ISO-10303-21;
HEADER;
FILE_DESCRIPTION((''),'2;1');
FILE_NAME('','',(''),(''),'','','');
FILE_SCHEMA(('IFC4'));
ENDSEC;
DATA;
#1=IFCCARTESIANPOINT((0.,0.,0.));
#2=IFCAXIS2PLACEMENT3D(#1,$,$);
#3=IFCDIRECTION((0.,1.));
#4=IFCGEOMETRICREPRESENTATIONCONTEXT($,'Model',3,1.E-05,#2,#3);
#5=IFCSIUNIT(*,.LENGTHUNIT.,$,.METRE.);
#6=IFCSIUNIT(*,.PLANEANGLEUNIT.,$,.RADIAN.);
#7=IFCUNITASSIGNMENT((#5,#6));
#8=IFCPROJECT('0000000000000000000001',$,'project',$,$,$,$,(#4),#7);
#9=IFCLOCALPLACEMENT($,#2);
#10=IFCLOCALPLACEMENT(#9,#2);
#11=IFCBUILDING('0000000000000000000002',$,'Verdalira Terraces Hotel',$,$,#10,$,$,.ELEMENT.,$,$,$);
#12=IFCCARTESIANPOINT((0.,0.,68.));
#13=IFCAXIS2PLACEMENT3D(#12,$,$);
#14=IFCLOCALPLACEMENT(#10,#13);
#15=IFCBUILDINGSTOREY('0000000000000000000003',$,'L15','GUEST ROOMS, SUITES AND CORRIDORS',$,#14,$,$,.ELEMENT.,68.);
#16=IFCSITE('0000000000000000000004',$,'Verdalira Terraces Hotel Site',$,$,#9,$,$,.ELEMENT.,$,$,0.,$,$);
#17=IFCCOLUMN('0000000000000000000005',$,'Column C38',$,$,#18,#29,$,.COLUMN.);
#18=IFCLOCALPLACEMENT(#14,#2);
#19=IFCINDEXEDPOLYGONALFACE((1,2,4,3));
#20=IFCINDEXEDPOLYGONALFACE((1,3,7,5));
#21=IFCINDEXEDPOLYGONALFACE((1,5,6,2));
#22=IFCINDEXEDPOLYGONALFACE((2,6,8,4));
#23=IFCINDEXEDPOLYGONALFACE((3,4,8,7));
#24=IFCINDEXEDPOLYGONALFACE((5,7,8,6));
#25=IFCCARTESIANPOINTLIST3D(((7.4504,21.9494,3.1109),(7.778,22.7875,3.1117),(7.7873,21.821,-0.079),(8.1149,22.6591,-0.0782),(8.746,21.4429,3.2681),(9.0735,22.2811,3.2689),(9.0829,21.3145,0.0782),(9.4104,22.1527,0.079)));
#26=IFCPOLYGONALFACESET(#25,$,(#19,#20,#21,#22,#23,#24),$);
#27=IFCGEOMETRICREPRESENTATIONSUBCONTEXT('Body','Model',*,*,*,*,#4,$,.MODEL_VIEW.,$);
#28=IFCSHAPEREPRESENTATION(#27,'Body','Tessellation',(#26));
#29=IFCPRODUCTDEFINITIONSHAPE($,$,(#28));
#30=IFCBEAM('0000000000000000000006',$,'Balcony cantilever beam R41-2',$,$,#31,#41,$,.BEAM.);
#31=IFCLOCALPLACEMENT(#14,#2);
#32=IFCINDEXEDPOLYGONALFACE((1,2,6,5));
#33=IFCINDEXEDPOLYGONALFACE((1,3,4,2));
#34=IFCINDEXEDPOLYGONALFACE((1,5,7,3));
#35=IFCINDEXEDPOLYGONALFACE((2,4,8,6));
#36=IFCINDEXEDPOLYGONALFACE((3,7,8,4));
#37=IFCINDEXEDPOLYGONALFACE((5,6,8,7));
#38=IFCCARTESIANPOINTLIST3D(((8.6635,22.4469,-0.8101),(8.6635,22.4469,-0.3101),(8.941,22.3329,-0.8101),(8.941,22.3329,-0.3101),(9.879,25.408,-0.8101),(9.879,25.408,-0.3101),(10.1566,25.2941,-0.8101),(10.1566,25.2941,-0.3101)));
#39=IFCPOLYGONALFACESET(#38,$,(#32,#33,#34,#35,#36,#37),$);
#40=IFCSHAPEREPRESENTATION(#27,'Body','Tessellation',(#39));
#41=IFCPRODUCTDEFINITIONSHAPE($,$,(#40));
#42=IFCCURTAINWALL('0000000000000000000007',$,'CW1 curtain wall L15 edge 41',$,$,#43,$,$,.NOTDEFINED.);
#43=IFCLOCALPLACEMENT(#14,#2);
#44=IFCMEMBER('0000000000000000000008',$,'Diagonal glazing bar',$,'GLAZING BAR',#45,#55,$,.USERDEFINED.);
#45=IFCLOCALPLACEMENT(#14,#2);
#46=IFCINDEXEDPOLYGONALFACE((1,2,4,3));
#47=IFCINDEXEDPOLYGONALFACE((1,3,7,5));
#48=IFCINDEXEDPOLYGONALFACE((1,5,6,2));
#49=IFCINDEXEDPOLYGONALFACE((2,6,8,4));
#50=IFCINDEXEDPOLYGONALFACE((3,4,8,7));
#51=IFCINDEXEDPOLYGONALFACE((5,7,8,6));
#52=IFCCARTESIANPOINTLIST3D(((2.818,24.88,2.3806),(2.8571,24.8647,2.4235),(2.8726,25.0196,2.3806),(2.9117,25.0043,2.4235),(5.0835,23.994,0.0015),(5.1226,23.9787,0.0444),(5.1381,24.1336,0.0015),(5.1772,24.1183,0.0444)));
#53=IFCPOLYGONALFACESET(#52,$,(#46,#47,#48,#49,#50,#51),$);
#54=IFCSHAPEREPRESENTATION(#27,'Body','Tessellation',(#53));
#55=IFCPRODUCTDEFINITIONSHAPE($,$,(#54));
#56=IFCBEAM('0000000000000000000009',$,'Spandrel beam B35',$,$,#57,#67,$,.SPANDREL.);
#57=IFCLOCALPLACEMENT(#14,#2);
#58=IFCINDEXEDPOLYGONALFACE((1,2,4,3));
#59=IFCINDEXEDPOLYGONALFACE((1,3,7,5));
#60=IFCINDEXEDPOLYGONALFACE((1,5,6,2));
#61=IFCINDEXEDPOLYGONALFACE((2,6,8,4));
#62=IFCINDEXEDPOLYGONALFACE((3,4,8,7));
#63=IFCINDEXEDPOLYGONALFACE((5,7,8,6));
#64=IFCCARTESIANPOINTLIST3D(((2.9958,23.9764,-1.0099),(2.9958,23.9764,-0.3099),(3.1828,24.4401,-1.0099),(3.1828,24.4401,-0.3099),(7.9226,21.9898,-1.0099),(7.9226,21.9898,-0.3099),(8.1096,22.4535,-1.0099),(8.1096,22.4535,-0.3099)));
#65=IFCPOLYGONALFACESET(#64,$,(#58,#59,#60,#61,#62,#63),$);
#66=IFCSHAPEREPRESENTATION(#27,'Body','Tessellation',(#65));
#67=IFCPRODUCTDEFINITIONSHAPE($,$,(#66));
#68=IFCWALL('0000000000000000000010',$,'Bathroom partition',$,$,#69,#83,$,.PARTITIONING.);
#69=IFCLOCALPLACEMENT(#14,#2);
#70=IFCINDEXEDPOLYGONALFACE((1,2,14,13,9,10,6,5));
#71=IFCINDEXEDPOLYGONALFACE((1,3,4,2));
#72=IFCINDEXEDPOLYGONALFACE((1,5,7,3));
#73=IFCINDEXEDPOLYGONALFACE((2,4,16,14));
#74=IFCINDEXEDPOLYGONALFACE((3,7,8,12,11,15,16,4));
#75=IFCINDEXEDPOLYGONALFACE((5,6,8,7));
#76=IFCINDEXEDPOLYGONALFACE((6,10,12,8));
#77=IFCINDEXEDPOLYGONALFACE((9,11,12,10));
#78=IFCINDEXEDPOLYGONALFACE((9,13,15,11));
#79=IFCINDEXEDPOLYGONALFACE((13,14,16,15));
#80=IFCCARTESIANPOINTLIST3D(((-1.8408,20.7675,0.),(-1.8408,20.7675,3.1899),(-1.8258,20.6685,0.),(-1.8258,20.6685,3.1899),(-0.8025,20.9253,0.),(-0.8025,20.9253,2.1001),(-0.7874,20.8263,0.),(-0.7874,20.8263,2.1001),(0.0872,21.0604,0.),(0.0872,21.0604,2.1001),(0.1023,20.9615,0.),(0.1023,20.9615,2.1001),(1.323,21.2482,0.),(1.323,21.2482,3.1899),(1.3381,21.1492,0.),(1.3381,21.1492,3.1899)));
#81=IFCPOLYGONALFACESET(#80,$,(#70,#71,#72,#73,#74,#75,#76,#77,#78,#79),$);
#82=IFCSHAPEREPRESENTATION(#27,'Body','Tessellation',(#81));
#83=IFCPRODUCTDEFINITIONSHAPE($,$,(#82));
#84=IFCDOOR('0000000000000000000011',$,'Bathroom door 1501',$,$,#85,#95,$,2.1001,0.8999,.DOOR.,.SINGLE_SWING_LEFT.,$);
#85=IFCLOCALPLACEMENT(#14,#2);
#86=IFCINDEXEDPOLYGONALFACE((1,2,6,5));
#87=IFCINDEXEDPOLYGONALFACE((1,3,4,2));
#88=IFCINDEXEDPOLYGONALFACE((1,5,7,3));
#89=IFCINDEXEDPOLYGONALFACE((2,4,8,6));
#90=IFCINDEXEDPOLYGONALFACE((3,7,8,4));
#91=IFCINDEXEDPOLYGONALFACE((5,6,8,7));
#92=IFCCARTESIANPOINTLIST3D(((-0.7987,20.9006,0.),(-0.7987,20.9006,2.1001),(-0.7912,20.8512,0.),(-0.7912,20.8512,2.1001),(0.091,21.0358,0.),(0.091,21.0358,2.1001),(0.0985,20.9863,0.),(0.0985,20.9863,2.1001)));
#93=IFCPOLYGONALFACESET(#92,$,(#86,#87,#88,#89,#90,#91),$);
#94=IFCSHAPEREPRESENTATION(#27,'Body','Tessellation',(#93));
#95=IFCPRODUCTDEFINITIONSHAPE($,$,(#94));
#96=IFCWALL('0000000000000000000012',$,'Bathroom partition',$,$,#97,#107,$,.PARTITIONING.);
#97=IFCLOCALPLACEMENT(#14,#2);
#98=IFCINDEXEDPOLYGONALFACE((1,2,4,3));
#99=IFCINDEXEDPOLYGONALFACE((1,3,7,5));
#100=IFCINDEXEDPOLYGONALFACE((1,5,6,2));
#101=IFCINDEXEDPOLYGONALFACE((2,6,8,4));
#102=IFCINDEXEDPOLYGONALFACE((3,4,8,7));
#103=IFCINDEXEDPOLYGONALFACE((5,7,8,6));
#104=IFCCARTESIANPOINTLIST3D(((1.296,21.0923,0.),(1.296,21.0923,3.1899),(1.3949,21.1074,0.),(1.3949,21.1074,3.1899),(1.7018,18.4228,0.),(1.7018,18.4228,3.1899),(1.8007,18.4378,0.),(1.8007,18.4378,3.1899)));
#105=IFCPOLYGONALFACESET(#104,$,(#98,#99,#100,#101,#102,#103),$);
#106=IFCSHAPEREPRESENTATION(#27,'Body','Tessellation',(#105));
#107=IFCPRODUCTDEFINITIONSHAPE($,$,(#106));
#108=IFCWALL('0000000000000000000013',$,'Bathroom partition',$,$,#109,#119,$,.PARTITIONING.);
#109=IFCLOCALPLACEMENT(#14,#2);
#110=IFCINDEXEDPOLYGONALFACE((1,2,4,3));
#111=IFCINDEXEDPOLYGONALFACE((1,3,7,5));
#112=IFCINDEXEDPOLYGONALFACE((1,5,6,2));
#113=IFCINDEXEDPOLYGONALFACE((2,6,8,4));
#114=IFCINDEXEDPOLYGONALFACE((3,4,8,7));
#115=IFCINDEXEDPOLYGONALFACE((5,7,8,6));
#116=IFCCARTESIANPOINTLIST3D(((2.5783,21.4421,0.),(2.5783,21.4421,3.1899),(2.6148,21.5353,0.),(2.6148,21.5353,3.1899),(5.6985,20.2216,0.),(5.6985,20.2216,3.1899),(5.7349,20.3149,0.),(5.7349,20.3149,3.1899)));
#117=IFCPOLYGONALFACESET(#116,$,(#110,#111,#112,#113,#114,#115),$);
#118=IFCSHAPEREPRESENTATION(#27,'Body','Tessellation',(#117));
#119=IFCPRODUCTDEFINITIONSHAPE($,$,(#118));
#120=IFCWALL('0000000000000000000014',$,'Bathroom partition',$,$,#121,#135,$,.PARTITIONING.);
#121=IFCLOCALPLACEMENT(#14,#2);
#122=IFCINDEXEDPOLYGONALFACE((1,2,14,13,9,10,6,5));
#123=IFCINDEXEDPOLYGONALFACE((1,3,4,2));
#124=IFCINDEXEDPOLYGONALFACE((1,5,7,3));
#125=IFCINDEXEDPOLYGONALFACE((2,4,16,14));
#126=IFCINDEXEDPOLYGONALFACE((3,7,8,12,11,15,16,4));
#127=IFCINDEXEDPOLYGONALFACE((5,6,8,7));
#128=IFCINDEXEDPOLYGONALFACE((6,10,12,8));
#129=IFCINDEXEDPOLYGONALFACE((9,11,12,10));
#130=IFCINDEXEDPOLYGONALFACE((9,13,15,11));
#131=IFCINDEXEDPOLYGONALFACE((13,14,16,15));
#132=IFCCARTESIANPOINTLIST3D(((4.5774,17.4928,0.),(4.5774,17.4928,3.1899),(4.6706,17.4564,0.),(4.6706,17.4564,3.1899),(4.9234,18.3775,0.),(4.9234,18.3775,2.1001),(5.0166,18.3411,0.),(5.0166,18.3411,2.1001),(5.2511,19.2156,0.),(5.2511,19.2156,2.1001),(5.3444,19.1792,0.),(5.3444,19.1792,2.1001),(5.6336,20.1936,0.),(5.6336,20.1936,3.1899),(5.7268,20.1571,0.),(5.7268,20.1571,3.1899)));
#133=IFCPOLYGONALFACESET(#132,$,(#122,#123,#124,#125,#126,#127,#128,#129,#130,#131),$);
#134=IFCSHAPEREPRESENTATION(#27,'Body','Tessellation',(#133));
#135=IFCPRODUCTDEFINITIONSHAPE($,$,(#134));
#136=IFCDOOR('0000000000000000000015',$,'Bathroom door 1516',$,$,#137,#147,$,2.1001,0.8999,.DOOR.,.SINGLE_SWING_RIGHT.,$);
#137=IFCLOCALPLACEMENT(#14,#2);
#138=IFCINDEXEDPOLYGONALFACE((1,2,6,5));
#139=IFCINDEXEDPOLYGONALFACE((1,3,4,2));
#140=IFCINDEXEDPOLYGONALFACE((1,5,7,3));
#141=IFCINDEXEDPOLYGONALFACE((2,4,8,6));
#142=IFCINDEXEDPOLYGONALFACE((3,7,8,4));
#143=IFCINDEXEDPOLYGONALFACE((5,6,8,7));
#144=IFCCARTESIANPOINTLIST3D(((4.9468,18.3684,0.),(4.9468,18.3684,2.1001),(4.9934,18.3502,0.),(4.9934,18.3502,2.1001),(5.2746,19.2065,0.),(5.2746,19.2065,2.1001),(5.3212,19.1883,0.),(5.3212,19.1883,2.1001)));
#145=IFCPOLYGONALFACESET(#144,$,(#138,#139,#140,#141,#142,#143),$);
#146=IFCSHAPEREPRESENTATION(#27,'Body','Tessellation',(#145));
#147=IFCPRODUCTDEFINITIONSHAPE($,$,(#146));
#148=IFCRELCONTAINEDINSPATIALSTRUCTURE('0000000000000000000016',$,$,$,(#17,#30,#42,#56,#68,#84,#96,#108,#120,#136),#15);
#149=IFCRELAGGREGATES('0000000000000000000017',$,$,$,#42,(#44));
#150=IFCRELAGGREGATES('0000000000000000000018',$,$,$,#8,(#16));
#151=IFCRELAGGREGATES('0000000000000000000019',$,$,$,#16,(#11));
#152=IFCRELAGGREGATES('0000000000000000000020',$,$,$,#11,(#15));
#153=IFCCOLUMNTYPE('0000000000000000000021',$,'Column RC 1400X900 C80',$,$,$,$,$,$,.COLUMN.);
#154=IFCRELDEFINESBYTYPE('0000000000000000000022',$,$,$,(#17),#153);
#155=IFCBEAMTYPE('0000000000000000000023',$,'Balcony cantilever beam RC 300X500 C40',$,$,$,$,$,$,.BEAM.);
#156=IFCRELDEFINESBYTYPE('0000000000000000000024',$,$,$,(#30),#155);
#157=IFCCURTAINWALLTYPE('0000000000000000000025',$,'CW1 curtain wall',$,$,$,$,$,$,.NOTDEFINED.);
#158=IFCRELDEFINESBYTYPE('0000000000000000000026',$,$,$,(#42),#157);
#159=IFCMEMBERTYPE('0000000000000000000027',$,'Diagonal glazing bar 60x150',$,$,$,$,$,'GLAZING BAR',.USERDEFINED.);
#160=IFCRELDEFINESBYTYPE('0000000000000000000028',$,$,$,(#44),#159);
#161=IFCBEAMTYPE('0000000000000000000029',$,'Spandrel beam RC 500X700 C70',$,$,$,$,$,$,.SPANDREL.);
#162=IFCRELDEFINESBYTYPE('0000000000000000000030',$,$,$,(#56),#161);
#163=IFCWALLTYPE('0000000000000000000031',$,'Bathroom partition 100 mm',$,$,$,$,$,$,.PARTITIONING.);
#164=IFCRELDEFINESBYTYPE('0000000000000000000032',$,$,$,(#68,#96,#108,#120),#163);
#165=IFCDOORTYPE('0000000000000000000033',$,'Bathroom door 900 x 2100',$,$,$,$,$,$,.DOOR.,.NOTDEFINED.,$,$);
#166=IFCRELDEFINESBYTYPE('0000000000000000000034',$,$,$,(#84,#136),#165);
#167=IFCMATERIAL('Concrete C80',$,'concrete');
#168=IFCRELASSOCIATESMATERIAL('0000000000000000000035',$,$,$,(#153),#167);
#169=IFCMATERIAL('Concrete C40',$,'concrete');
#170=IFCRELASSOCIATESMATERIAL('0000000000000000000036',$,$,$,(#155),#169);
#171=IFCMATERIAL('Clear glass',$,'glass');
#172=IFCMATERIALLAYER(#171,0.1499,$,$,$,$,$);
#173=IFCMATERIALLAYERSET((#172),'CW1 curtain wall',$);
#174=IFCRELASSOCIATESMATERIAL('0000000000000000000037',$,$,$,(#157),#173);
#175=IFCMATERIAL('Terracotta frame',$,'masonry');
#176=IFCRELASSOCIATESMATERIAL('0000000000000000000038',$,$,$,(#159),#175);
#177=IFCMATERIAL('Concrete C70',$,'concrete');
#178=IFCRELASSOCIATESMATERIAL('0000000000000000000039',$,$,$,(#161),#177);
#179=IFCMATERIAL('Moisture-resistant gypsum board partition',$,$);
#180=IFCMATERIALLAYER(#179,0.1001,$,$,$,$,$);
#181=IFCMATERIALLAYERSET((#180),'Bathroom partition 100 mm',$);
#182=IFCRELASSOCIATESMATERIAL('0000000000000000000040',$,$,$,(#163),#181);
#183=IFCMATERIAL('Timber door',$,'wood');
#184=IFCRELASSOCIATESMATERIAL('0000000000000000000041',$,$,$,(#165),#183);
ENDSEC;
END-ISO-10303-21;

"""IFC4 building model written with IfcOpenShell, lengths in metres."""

from ifc_helpers import new_model, si_unit, direction, frame, frame_2d, origin, origin_2d, place, context, subcontext, project, spatial, rectangle, extrude, material, layer, layer_set, material_profile, profile_set, type_object, element, fill, aggregate, save


model = new_model("IFC4")

# Units and contexts
model_context = context("Model", 3, precision=1e-05, world=origin(), true_north=direction((0.0, 1.0)))
body_context = subcontext(model_context, "Body", "Model", "MODEL_VIEW")
ifc_project = project(units=[si_unit("LENGTHUNIT", "METRE"), si_unit("PLANEANGLEUNIT", "RADIAN")], contexts=[model_context])

# Site, building, storey
site_placement = place(None, origin())
site = spatial("IfcSite", under=ifc_project, at=site_placement, Name="Verdalira Terraces Hotel Site", CompositionType="ELEMENT", RefElevation=0.0)
building_placement = place(site_placement, origin())
building = spatial("IfcBuilding", under=site, at=building_placement, Name="Verdalira Terraces Hotel", CompositionType="ELEMENT")
storey_placement = place(building_placement, frame((0.0, 0.0, 68.0)))
storey = spatial("IfcBuildingStorey", under=building, at=storey_placement, Name="L15", Description="GUEST ROOMS, SUITES AND CORRIDORS", CompositionType="ELEMENT", Elevation=68.0)

# Column
ifc_material_1 = material(Name="Concrete C80", Category="concrete")
ifc_material_profile_1 = material_profile(ifc_material_1, rectangle(XDim=1.3999, YDim=0.8999, at=origin_2d()), Name="RC 1400X900")
ifc_profile_set_1 = profile_set([ifc_material_profile_1], Name="Concrete C80")
column_type = type_object("IfcColumnType", Name="Column RC 1400X900 C80", PredefinedType="COLUMN", material=ifc_profile_set_1)
column_placement = place(storey_placement, frame((8.5989, 21.9868, 0.0), z_axis=(-0.104949, 0.040002, 0.993673), x_axis=(-0.925475, 0.361777, -0.112311)))
element("IfcColumn", 1, at=column_placement, inside=storey, type_object=column_type, Name="Column C38", PredefinedType="COLUMN", context=body_context, shape_type="SweptSolid", body=[
    extrude(rectangle(XDim=1.3999, YDim=0.8999, at=origin_2d()), origin(), (0.0, 0.0, 1.0), 3.2102),
])

# Beam
ifc_material_2 = material(Name="Concrete C40", Category="concrete")
ifc_material_profile_2 = material_profile(ifc_material_2, rectangle(XDim=0.3, YDim=0.5, at=origin_2d()), Name="RC 300X500")
ifc_profile_set_2 = profile_set([ifc_material_profile_2], Name="Concrete C40")
beam_type_1 = type_object("IfcBeamType", Name="Balcony cantilever beam RC 300X500 C40", PredefinedType="BEAM", material=ifc_profile_set_2)
beam_1_placement = place(storey_placement, frame((8.8022, 22.3899, -0.5601), z_axis=(0.379752, 0.925088, 0.0), x_axis=(-0.925088, 0.379752, 0.0)))
element("IfcBeam", 2, at=beam_1_placement, inside=storey, type_object=beam_type_1, Name="Balcony cantilever beam R41-2", PredefinedType="BEAM", context=body_context, shape_type="SweptSolid", body=[
    extrude(rectangle(XDim=0.3, YDim=0.5, at=origin_2d()), origin(), (0.0, 0.0, 1.0), 3.2009),
])

# Curtain wall, member
ifc_material_3 = material(Name="Clear glass", Category="glass")
ifc_layer_1 = layer(ifc_material_3, 0.1499)
ifc_layer_set_1 = layer_set([ifc_layer_1], Name="CW1 curtain wall")
curtain_wall_type = type_object("IfcCurtainWallType", Name="CW1 curtain wall", PredefinedType="NOTDEFINED", material=ifc_layer_set_1)
curtain_wall_placement = place(storey_placement, origin())
curtain_wall = element("IfcCurtainWall", 3, at=curtain_wall_placement, inside=storey, type_object=curtain_wall_type, Name="CW1 curtain wall L15 edge 41", PredefinedType="NOTDEFINED")
ifc_material_4 = material(Name="Terracotta frame", Category="masonry")
ifc_material_profile_3 = material_profile(ifc_material_4, rectangle(XDim=0.1499, YDim=0.0601, at=origin_2d()), Name="GB 60x150")
ifc_profile_set_3 = profile_set([ifc_material_profile_3], Name="Terracotta frame")
member_type = type_object("IfcMemberType", Name="Diagonal glazing bar 60x150", ElementType="GLAZING BAR", PredefinedType="USERDEFINED", material=ifc_profile_set_3)
member_placement = place(storey_placement, frame((5.1304, 24.0562, 0.0229), z_axis=(-0.665831, 0.260377, 0.699194), x_axis=(-0.364199, -0.931321, 0.0)))
member = element("IfcMember", 4, at=member_placement, type_object=member_type, Name="Diagonal glazing bar", ObjectType="GLAZING BAR", PredefinedType="USERDEFINED", context=body_context, shape_type="SweptSolid", body=[
    extrude(rectangle(XDim=0.1499, YDim=0.0601, at=origin_2d()), origin(), (0.0, 0.0, 1.0), 3.4026),
])
aggregate(curtain_wall, [member])

# Beam
ifc_material_5 = material(Name="Concrete C70", Category="concrete")
ifc_material_profile_4 = material_profile(ifc_material_5, rectangle(XDim=0.5, YDim=0.7, at=origin_2d()), Name="RC 500X700")
ifc_profile_set_4 = profile_set([ifc_material_profile_4], Name="Concrete C70")
beam_type_2 = type_object("IfcBeamType", Name="Spandrel beam RC 500X700 C70", PredefinedType="SPANDREL", material=ifc_profile_set_4)
beam_2_placement = place(storey_placement, frame((8.0161, 22.2217, -0.6599), z_axis=(-0.927443, 0.373965, 0.0), x_axis=(-0.373965, -0.927443, 0.0)))
element("IfcBeam", 5, at=beam_2_placement, inside=storey, type_object=beam_type_2, Name="Spandrel beam B35", PredefinedType="SPANDREL", context=body_context, shape_type="SweptSolid", body=[
    extrude(rectangle(XDim=0.5, YDim=0.7, at=origin_2d()), origin(), (0.0, 0.0, 1.0), 5.3123),
])

# Wall, opening, door
ifc_material_6 = material(Name="Moisture-resistant gypsum board partition")
ifc_layer_2 = layer(ifc_material_6, 0.1001)
ifc_layer_set_2 = layer_set([ifc_layer_2], Name="Bathroom partition 100 mm")
wall_type_1 = type_object("IfcWallType", Name="Bathroom partition 100 mm", PredefinedType="PARTITIONING", material=ifc_layer_set_2)
wall_1_placement = place(storey_placement, frame((1.3306, 21.1987, 0.0), z_axis=(0.0, 0.0, 1.0), x_axis=(-0.988653, -0.150217, 0.0)))
wall_1 = element("IfcWall", 6, at=wall_1_placement, inside=storey, type_object=wall_type_1, Name="Bathroom partition", PredefinedType="PARTITIONING", context=body_context, shape_type="SweptSolid", body=[
    extrude(rectangle(XDim=3.2002, YDim=0.1001, at=frame_2d((1.6001, 0.0))), origin(), (0.0, 0.0, 1.0), 3.1899),
])
opening_1_placement = place(wall_1_placement, frame((1.25, 0.0, 0.0)))
opening_1 = element("IfcOpeningElement", 7, at=opening_1_placement, cuts=wall_1, PredefinedType="OPENING", context=body_context, shape_type="SweptSolid", body=[
    extrude(rectangle(XDim=0.8999, YDim=2.1001, at=frame_2d((0.45, 1.05))), frame((0.0, 0.0601, 0.0), z_axis=(0.0, -1.0, 0.0), x_axis=(1.0, 0.0, 0.0)), (0.0, 0.0, 1.0), 0.1201),
])
ifc_material_7 = material(Name="Timber door", Category="wood")
door_type_1 = type_object("IfcDoorType", Name="Bathroom door 900 x 2100", OperationType="NOTDEFINED", PredefinedType="DOOR", material=ifc_material_7)
door_1_placement = place(opening_1_placement, origin())
door_1 = element("IfcDoor", 8, at=door_1_placement, inside=storey, type_object=door_type_1, Name="Bathroom door 1501", OperationType="SINGLE_SWING_LEFT", OverallHeight=2.1001, OverallWidth=0.8999, PredefinedType="DOOR", context=body_context, shape_type="SweptSolid", body=[
    extrude(rectangle(XDim=0.8999, YDim=2.1001, at=frame_2d((0.45, 1.05))), frame((0.0, 0.0249, 0.0), z_axis=(0.0, -1.0, 0.0), x_axis=(1.0, 0.0, 0.0)), (0.0, 0.0, 1.0), 0.05),
])
fill(opening_1, door_1)

# Walls
wall_2_placement = place(storey_placement, frame((1.3455, 21.0999, 0.0), z_axis=(0.0, 0.0, 1.0), x_axis=(0.150277, -0.988644, 0.0)))
element("IfcWall", 9, at=wall_2_placement, inside=storey, type_object=wall_type_1, Name="Bathroom partition", PredefinedType="PARTITIONING", context=body_context, shape_type="SweptSolid", body=[
    extrude(rectangle(XDim=2.7002, YDim=0.1001, at=frame_2d((1.3501, 0.0))), origin(), (0.0, 0.0, 1.0), 3.1899),
])
wall_3_placement = place(storey_placement, frame((2.5964, 21.4888, 0.0), z_axis=(0.0, 0.0, 1.0), x_axis=(0.931289, -0.364281, 0.0)))
element("IfcWall", 10, at=wall_3_placement, inside=storey, type_object=wall_type_1, Name="Bathroom partition", PredefinedType="PARTITIONING", context=body_context, shape_type="SweptSolid", body=[
    extrude(rectangle(XDim=3.3503, YDim=0.1001, at=frame_2d((1.6753, 0.0))), origin(), (0.0, 0.0, 1.0), 3.1899),
])

# Wall, opening, door
wall_4_placement = place(storey_placement, frame((4.624, 17.4746, 0.0), z_axis=(0.0, 0.0, 1.0), x_axis=(0.364209, 0.931317, 0.0)))
wall_4 = element("IfcWall", 11, at=wall_4_placement, inside=storey, type_object=wall_type_1, Name="Bathroom partition", PredefinedType="PARTITIONING", context=body_context, shape_type="SweptSolid", body=[
    extrude(rectangle(XDim=2.8999, YDim=0.1001, at=frame_2d((1.45, 0.0))), origin(), (0.0, 0.0, 1.0), 3.1899),
])
opening_2_placement = place(wall_4_placement, frame((0.95, 0.0, 0.0)))
opening_2 = element("IfcOpeningElement", 12, at=opening_2_placement, cuts=wall_4, PredefinedType="OPENING", context=body_context, shape_type="SweptSolid", body=[
    extrude(rectangle(XDim=0.8999, YDim=2.1001, at=frame_2d((0.45, 1.05))), frame((0.0, 0.0601, 0.0), z_axis=(0.0, -1.0, 0.0), x_axis=(1.0, 0.0, 0.0)), (0.0, 0.0, 1.0), 0.1201),
])
door_2_placement = place(opening_2_placement, origin())
door_2 = element("IfcDoor", 13, at=door_2_placement, inside=storey, type_object=door_type_1, Name="Bathroom door 1516", OperationType="SINGLE_SWING_RIGHT", OverallHeight=2.1001, OverallWidth=0.8999, PredefinedType="DOOR", context=body_context, shape_type="SweptSolid", body=[
    extrude(rectangle(XDim=0.8999, YDim=2.1001, at=frame_2d((0.45, 1.05))), frame((0.0, 0.0249, 0.0), z_axis=(0.0, -1.0, 0.0), x_axis=(1.0, 0.0, 0.0)), (0.0, 0.0, 1.0), 0.05),
])
fill(opening_2, door_2)

save(model, "model.ifc")
